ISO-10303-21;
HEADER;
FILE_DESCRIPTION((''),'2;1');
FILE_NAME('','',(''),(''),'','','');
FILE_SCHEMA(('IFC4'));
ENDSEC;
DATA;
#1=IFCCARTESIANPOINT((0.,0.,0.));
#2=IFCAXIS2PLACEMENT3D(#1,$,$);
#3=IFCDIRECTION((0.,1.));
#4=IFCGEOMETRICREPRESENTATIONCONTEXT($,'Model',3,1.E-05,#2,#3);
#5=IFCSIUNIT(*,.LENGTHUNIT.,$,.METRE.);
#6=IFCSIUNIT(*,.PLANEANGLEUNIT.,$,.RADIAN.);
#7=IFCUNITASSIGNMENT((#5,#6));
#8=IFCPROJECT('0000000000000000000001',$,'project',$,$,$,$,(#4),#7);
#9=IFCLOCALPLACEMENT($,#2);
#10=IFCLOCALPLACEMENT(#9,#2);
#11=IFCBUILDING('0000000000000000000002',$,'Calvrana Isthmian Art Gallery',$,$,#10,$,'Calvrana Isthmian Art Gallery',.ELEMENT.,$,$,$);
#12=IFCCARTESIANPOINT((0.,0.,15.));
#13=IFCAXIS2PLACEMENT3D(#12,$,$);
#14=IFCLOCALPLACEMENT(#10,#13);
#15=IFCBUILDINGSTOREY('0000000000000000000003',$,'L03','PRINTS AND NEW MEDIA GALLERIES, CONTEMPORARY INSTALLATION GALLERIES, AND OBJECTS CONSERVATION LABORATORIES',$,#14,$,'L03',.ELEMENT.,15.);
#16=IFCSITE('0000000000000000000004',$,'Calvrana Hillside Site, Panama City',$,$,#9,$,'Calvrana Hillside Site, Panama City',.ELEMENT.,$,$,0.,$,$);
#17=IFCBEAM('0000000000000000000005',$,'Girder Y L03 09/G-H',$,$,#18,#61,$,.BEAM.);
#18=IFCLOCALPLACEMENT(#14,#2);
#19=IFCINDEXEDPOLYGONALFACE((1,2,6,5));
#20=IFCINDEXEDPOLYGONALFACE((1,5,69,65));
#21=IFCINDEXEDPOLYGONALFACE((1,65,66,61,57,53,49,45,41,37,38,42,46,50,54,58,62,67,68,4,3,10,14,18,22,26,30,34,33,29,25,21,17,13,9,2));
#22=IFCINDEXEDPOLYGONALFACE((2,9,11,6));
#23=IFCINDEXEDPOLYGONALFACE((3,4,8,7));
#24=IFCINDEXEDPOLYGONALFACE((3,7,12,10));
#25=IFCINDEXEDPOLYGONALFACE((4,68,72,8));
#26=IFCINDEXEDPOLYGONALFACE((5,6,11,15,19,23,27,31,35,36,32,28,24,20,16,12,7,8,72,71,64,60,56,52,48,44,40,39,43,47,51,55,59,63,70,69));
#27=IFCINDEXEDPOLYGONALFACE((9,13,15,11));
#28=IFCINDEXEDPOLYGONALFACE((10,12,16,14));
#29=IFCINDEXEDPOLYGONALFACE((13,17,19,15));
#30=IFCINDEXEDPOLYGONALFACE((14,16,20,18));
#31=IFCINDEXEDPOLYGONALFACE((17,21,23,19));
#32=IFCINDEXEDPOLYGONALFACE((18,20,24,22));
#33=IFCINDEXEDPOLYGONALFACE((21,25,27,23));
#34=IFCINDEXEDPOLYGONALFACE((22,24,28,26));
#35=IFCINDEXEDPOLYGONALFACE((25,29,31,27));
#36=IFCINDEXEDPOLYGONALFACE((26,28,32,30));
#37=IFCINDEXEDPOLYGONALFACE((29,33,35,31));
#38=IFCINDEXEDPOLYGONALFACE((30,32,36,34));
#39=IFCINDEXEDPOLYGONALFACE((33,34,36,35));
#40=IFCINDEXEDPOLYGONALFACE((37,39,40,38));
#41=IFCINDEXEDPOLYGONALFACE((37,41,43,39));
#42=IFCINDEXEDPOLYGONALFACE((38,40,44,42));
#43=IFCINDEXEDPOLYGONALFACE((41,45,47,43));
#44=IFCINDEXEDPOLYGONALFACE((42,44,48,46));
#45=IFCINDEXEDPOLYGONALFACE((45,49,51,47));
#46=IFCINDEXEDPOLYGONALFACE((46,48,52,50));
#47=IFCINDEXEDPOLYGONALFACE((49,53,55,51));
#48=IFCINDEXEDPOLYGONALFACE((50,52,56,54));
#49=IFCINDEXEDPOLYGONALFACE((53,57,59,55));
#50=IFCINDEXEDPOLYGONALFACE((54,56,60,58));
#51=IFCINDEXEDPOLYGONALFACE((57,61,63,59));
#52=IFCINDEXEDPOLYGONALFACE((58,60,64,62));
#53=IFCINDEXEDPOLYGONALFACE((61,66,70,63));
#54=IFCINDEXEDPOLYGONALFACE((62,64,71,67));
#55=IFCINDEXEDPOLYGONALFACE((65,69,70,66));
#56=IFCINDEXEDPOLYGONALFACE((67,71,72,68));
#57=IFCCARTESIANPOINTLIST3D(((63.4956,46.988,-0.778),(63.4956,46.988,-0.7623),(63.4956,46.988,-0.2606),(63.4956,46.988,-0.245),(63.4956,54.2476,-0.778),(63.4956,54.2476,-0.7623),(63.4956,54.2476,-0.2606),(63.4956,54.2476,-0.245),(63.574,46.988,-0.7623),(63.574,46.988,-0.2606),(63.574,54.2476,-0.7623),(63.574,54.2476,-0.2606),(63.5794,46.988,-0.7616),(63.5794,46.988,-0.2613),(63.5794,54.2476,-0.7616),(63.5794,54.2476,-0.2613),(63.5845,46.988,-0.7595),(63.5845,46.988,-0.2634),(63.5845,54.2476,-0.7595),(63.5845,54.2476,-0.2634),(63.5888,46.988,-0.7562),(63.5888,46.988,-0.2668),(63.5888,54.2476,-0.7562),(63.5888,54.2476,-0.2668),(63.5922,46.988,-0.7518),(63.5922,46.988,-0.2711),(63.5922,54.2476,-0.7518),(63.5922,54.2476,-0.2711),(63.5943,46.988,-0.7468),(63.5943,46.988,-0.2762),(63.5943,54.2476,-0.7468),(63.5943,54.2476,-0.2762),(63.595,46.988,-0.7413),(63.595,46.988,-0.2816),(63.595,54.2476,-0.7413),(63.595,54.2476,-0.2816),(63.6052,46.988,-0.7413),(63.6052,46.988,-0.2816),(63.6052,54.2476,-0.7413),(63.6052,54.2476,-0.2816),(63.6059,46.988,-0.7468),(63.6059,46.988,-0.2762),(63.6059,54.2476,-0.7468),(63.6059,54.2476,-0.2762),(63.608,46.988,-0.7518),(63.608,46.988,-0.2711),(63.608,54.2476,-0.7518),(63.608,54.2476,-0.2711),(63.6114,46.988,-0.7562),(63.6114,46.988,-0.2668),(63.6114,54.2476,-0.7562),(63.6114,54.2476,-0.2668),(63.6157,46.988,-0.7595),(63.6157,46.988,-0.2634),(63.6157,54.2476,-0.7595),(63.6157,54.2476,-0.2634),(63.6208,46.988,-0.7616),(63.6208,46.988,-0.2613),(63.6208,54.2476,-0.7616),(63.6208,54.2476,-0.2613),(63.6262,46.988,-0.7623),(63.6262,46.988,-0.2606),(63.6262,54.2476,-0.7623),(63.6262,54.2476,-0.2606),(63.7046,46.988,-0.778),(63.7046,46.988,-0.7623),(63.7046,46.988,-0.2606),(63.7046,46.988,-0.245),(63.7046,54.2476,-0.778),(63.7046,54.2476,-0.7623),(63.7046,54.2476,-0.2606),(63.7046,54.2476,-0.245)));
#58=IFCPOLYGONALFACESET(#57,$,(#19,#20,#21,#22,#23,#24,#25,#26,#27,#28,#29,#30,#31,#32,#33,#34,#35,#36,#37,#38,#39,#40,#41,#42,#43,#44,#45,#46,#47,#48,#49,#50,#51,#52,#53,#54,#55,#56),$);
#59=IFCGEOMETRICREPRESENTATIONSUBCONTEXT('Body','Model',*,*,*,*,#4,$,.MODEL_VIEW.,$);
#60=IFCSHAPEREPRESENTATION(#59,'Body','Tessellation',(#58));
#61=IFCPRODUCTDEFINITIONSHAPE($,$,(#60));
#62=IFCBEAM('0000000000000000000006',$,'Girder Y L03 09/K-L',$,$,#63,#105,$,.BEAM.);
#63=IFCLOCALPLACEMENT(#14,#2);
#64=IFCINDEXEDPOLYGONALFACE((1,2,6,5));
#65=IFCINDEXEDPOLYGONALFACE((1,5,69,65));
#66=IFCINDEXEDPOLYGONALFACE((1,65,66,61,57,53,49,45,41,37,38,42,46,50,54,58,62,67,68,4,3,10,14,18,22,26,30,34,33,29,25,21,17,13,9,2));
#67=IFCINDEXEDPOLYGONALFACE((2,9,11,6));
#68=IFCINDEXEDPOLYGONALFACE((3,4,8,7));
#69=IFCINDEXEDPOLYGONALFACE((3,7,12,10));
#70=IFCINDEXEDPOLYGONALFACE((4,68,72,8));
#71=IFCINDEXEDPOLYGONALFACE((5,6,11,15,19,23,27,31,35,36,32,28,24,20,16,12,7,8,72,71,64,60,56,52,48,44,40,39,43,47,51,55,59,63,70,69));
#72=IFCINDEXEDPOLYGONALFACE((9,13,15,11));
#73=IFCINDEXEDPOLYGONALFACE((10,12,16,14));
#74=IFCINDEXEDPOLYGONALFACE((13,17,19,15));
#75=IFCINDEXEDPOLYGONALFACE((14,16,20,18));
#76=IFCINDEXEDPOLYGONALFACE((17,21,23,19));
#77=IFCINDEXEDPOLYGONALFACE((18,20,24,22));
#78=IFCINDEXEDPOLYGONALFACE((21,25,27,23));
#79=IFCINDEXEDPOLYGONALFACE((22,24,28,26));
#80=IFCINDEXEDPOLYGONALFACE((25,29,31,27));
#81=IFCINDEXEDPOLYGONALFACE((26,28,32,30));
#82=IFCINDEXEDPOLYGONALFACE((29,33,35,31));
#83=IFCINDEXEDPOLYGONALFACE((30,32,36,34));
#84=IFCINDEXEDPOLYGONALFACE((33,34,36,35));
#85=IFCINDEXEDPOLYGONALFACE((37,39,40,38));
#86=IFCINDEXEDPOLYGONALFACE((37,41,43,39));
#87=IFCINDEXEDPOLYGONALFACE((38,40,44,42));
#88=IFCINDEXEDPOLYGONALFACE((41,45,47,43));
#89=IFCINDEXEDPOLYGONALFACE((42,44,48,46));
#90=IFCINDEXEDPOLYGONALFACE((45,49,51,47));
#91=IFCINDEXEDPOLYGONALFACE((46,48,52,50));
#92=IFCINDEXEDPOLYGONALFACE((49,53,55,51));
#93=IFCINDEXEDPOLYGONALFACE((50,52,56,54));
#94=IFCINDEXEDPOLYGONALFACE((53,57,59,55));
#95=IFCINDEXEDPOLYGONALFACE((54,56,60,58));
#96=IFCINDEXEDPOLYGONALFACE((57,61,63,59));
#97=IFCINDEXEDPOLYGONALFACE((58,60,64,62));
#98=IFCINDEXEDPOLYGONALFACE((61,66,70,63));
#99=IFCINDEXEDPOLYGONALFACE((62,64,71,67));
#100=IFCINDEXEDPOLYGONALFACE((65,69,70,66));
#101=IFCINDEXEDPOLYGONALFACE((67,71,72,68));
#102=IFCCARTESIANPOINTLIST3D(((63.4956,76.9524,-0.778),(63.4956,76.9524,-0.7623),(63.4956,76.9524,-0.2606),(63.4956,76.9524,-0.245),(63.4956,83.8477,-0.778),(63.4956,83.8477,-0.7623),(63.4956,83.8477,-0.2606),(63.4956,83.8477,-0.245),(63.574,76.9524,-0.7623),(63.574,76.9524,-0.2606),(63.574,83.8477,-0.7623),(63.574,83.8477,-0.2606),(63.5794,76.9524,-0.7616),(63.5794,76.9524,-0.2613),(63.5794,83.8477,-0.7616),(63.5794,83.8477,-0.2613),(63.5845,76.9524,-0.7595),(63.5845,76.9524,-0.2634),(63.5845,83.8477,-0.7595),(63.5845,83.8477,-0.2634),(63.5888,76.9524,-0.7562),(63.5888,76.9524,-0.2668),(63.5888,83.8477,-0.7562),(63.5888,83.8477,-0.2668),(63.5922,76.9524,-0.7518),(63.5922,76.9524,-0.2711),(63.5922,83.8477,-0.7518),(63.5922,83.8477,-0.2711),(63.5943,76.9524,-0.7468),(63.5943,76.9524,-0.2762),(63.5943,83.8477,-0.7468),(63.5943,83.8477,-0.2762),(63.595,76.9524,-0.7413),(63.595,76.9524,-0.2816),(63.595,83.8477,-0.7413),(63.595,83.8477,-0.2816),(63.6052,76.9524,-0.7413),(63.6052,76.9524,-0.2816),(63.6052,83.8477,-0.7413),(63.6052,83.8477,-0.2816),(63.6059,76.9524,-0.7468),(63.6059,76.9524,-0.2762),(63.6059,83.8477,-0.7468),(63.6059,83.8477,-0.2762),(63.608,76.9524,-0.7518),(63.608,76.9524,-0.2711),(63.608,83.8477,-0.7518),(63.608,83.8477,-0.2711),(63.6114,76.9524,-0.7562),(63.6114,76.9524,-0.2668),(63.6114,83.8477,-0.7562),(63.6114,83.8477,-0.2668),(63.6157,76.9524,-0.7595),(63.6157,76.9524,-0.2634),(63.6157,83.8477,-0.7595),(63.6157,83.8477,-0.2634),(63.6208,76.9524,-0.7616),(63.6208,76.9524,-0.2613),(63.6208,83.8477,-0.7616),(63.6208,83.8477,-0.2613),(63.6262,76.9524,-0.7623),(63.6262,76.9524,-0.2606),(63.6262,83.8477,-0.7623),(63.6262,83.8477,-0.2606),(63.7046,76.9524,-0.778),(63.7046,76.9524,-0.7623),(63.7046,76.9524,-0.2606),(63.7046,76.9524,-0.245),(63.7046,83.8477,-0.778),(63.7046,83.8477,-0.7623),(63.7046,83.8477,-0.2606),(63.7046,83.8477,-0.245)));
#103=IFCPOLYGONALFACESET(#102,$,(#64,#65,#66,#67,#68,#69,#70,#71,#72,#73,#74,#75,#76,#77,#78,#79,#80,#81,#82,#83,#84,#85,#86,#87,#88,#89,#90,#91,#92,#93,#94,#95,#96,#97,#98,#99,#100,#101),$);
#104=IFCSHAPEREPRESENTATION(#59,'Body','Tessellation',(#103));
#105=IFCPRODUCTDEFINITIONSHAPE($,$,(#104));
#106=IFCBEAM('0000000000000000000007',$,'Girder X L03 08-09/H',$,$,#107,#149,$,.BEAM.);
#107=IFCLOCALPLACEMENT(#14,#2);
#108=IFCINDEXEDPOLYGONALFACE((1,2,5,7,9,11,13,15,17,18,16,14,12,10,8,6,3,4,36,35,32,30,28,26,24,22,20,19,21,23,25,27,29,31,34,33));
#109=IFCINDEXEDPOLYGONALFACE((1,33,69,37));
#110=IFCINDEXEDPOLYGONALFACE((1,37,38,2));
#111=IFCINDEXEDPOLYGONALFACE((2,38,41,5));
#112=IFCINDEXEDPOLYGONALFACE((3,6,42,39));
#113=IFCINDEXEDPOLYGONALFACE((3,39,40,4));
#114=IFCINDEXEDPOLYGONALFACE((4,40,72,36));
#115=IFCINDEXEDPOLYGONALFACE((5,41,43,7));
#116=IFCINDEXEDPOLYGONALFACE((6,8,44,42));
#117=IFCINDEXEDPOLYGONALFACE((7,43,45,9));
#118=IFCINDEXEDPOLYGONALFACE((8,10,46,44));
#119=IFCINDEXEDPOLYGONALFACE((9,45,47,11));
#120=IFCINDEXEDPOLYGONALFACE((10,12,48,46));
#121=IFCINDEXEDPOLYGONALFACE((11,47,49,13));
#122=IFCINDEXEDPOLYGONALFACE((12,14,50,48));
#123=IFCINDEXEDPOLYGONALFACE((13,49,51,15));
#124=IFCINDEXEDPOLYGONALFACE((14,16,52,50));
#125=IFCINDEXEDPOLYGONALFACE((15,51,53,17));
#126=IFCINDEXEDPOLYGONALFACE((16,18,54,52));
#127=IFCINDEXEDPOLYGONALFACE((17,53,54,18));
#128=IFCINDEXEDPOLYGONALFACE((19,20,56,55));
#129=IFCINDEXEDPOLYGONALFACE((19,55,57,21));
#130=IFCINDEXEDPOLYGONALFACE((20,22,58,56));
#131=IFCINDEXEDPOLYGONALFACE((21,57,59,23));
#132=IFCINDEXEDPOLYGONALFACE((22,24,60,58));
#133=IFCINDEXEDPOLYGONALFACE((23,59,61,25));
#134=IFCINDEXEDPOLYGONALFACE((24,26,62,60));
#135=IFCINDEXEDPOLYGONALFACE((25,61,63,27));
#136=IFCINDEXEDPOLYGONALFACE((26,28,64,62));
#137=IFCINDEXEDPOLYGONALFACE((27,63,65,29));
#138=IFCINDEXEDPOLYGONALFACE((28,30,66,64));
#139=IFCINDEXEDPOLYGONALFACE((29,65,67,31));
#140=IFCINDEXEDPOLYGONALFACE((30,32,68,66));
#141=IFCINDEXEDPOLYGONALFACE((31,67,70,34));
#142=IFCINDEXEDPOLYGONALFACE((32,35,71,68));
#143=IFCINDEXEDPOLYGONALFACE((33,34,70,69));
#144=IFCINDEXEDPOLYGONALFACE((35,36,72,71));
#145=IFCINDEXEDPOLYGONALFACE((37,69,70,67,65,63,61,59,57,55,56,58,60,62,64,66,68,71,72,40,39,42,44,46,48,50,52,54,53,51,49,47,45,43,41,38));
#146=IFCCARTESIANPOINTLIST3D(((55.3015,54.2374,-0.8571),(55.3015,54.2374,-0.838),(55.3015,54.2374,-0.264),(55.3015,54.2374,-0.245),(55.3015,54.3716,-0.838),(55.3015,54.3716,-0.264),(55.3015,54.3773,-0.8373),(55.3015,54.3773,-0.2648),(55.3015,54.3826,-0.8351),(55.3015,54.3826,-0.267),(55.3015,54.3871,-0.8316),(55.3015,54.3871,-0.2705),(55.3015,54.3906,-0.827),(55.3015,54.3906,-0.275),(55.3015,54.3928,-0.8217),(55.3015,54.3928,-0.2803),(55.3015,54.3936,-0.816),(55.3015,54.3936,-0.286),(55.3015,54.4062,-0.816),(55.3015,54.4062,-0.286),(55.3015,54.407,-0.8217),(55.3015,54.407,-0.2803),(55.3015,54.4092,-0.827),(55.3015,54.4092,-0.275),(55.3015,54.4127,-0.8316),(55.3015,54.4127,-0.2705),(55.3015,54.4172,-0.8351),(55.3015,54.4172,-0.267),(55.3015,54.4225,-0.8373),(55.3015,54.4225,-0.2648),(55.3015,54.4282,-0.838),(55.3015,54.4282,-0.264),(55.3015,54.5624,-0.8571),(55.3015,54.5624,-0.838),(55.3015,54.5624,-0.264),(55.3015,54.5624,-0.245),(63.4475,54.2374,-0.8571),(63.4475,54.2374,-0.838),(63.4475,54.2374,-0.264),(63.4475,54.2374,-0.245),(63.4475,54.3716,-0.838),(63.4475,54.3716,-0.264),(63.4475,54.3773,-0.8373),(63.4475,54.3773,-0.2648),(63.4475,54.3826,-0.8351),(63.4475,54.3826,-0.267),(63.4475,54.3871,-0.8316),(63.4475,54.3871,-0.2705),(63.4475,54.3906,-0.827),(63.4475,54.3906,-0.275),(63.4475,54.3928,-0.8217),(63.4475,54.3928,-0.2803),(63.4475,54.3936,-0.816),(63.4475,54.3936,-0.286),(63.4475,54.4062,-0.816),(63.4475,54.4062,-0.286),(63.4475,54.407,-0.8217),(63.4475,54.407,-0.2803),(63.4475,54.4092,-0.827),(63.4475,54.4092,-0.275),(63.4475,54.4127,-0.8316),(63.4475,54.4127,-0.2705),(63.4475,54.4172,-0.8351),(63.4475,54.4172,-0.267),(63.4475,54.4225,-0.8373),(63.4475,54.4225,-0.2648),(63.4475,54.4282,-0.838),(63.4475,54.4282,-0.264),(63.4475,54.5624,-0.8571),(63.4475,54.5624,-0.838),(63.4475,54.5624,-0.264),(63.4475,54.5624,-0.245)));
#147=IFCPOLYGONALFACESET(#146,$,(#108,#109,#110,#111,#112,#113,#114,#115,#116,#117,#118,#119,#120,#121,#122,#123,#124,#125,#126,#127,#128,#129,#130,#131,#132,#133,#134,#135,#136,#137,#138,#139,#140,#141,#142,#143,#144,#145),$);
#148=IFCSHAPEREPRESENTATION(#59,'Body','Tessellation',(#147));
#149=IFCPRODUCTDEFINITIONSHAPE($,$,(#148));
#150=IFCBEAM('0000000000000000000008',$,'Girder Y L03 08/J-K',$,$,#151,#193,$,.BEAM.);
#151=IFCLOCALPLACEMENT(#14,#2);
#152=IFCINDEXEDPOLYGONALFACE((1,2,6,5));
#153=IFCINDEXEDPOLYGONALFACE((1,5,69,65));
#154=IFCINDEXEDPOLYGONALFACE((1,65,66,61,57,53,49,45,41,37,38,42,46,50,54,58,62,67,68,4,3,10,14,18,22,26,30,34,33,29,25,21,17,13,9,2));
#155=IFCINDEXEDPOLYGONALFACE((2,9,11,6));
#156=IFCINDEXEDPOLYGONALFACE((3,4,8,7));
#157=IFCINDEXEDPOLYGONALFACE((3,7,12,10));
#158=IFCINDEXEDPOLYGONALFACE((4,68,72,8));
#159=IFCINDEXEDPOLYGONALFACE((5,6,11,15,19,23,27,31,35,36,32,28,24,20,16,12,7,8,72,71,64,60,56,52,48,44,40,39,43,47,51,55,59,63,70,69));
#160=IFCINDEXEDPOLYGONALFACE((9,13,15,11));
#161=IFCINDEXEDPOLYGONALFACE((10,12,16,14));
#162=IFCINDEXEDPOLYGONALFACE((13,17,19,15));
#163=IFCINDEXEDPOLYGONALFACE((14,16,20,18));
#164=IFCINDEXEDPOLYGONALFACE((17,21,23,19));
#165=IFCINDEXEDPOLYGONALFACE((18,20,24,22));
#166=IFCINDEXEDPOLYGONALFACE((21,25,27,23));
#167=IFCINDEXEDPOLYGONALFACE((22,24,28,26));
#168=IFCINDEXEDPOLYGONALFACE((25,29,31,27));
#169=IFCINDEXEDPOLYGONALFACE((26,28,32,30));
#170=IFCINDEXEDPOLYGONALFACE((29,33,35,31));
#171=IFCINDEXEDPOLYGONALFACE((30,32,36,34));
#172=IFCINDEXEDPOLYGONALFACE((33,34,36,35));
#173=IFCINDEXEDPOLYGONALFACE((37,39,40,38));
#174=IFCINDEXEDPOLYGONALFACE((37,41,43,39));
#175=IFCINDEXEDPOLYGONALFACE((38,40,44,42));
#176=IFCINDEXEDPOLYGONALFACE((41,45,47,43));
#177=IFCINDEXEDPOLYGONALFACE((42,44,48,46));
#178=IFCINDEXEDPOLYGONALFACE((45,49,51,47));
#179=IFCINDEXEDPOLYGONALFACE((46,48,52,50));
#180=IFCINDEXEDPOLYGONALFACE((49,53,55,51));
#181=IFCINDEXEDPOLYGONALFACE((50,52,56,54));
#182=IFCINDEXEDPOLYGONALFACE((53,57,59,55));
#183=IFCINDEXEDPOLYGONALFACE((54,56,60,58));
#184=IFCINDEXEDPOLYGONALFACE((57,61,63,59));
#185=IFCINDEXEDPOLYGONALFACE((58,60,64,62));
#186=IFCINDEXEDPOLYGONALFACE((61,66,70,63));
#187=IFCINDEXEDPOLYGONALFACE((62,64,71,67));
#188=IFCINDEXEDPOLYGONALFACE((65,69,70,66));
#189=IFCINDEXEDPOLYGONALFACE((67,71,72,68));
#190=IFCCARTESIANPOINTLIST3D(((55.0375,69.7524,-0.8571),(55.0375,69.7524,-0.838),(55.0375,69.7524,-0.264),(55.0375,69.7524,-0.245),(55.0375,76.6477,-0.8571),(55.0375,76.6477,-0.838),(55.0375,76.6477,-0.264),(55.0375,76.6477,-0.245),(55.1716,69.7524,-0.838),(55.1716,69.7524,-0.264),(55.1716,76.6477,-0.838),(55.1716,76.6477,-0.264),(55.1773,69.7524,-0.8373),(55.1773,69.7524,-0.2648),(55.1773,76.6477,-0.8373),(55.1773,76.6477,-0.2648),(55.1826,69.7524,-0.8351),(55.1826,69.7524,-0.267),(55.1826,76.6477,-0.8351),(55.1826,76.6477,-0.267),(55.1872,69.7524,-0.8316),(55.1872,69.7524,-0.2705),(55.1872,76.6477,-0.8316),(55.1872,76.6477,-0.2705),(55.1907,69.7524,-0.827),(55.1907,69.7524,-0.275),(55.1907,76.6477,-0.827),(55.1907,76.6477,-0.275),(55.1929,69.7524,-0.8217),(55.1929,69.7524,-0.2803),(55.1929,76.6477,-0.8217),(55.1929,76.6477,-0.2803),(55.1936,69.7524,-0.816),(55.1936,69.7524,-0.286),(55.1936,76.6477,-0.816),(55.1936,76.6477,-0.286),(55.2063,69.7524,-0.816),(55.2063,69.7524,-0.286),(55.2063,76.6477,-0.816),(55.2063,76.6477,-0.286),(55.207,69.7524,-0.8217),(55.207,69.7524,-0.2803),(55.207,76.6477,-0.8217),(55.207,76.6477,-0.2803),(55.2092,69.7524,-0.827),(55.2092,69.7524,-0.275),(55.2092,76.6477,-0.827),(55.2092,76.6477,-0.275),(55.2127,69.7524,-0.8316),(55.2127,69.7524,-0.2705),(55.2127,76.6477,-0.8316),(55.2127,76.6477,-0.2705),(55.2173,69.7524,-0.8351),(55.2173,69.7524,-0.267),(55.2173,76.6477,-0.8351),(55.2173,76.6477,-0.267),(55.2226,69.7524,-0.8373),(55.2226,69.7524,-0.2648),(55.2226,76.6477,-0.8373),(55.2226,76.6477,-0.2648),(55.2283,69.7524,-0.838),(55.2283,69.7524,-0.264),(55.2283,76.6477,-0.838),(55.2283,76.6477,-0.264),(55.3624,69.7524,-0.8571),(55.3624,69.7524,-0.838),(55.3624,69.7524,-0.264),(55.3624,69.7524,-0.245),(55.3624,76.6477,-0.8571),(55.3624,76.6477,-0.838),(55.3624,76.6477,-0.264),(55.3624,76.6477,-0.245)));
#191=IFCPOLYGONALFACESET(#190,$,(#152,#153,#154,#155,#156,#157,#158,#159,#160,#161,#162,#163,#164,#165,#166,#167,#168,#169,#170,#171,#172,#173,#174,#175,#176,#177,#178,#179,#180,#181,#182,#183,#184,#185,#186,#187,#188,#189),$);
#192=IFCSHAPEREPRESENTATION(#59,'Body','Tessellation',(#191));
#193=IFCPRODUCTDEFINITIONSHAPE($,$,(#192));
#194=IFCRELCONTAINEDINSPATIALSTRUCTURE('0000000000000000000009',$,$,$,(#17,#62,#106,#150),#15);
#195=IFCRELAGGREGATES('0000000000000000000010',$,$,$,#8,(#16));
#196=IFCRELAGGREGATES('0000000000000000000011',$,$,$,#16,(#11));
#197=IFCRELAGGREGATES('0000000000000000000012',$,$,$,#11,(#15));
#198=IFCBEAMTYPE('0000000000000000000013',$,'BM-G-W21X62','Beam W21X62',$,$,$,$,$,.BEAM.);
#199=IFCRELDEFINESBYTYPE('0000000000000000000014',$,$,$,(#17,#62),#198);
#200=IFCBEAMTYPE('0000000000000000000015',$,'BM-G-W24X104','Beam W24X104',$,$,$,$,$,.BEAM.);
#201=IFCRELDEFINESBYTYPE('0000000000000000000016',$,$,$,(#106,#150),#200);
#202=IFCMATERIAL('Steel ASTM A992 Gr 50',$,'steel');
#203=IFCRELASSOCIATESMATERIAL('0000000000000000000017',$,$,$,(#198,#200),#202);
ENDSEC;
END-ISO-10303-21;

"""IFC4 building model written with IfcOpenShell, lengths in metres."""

from ifc_helpers import new_model, si_unit, direction, frame, origin, origin_2d, place, context, subcontext, project, spatial, i_section, extrude, material, material_profile, profile_set, type_object, element, save


model = new_model("IFC4")

# Units and contexts
model_context = context("Model", 3, precision=1e-05, world=origin(), true_north=direction((0.0, 1.0)))
body_context = subcontext(model_context, "Body", "Model", "MODEL_VIEW")
ifc_project = project(units=[si_unit("LENGTHUNIT", "METRE"), si_unit("PLANEANGLEUNIT", "RADIAN")], contexts=[model_context])

# Site, building, storey
site_placement = place(None, origin())
site = spatial("IfcSite", under=ifc_project, at=site_placement, Name="Calvrana Hillside Site, Panama City", LongName="Calvrana Hillside Site, Panama City", CompositionType="ELEMENT", RefElevation=0.0)
building_placement = place(site_placement, origin())
building = spatial("IfcBuilding", under=site, at=building_placement, Name="Calvrana Isthmian Art Gallery", LongName="Calvrana Isthmian Art Gallery", CompositionType="ELEMENT")
storey_placement = place(building_placement, frame((0.0, 0.0, 15.0)))
storey = spatial("IfcBuildingStorey", under=building, at=storey_placement, Name="L03", Description="PRINTS AND NEW MEDIA GALLERIES, CONTEMPORARY INSTALLATION GALLERIES, AND OBJECTS CONSERVATION LABORATORIES", LongName="L03", CompositionType="ELEMENT", Elevation=15.0)

# Shared definitions
ifc_material_1 = material(Name="Steel ASTM A992 Gr 50", Category="steel")

# Beams
ifc_material_profile_1 = material_profile(ifc_material_1, i_section(OverallWidth=0.209, OverallDepth=0.533, WebThickness=0.0103, FlangeThickness=0.0156, FilletRadius=0.021, at=origin_2d()), Name="W21X62")
ifc_profile_set_1 = profile_set([ifc_material_profile_1], Name="Steel ASTM A992 Gr 50")
beam_type_1 = type_object("IfcBeamType", Name="BM-G-W21X62", Description="Beam W21X62", PredefinedType="BEAM", material=ifc_profile_set_1)
beam_1_placement = place(storey_placement, frame((63.6001, 46.988, -0.5115), z_axis=(0.0, 1.0, 0.0), x_axis=(-1.0, 0.0, 0.0)))
element("IfcBeam", 1, at=beam_1_placement, inside=storey, type_object=beam_type_1, Name="Girder Y L03 09/G-H", PredefinedType="BEAM", context=body_context, shape_type="SweptSolid", body=[
    extrude(i_section(OverallWidth=0.209, OverallDepth=0.533, WebThickness=0.0103, FlangeThickness=0.0156, FilletRadius=0.021, at=origin_2d()), origin(), (0.0, 0.0, 1.0), 7.2595),
])
beam_2_placement = place(storey_placement, frame((63.6001, 76.9524, -0.5115), z_axis=(0.0, 1.0, 0.0), x_axis=(-1.0, 0.0, 0.0)))
element("IfcBeam", 2, at=beam_2_placement, inside=storey, type_object=beam_type_1, Name="Girder Y L03 09/K-L", PredefinedType="BEAM", context=body_context, shape_type="SweptSolid", body=[
    extrude(i_section(OverallWidth=0.209, OverallDepth=0.533, WebThickness=0.0103, FlangeThickness=0.0156, FilletRadius=0.021, at=origin_2d()), origin(), (0.0, 0.0, 1.0), 6.8953),
])
ifc_material_profile_2 = material_profile(ifc_material_1, i_section(OverallWidth=0.325, OverallDepth=0.6121, WebThickness=0.0127, FlangeThickness=0.019, FilletRadius=0.022, at=origin_2d()), Name="W24X104")
ifc_profile_set_2 = profile_set([ifc_material_profile_2], Name="Steel ASTM A992 Gr 50")
beam_type_2 = type_object("IfcBeamType", Name="BM-G-W24X104", Description="Beam W24X104", PredefinedType="BEAM", material=ifc_profile_set_2)
beam_3_placement = place(storey_placement, frame((55.3015, 54.3999, -0.551), z_axis=(1.0, 0.0, 0.0), x_axis=(0.0, 1.0, 0.0)))
element("IfcBeam", 3, at=beam_3_placement, inside=storey, type_object=beam_type_2, Name="Girder X L03 08-09/H", PredefinedType="BEAM", context=body_context, shape_type="SweptSolid", body=[
    extrude(i_section(OverallWidth=0.325, OverallDepth=0.6121, WebThickness=0.0127, FlangeThickness=0.019, FilletRadius=0.022, at=origin_2d()), origin(), (0.0, 0.0, 1.0), 8.146),
])
beam_4_placement = place(storey_placement, frame((55.2, 69.7524, -0.551), z_axis=(0.0, 1.0, 0.0), x_axis=(-1.0, 0.0, 0.0)))
element("IfcBeam", 4, at=beam_4_placement, inside=storey, type_object=beam_type_2, Name="Girder Y L03 08/J-K", PredefinedType="BEAM", context=body_context, shape_type="SweptSolid", body=[
    extrude(i_section(OverallWidth=0.325, OverallDepth=0.6121, WebThickness=0.0127, FlangeThickness=0.019, FilletRadius=0.022, at=origin_2d()), origin(), (0.0, 0.0, 1.0), 6.8953),
])

save(model, "model.ifc")
